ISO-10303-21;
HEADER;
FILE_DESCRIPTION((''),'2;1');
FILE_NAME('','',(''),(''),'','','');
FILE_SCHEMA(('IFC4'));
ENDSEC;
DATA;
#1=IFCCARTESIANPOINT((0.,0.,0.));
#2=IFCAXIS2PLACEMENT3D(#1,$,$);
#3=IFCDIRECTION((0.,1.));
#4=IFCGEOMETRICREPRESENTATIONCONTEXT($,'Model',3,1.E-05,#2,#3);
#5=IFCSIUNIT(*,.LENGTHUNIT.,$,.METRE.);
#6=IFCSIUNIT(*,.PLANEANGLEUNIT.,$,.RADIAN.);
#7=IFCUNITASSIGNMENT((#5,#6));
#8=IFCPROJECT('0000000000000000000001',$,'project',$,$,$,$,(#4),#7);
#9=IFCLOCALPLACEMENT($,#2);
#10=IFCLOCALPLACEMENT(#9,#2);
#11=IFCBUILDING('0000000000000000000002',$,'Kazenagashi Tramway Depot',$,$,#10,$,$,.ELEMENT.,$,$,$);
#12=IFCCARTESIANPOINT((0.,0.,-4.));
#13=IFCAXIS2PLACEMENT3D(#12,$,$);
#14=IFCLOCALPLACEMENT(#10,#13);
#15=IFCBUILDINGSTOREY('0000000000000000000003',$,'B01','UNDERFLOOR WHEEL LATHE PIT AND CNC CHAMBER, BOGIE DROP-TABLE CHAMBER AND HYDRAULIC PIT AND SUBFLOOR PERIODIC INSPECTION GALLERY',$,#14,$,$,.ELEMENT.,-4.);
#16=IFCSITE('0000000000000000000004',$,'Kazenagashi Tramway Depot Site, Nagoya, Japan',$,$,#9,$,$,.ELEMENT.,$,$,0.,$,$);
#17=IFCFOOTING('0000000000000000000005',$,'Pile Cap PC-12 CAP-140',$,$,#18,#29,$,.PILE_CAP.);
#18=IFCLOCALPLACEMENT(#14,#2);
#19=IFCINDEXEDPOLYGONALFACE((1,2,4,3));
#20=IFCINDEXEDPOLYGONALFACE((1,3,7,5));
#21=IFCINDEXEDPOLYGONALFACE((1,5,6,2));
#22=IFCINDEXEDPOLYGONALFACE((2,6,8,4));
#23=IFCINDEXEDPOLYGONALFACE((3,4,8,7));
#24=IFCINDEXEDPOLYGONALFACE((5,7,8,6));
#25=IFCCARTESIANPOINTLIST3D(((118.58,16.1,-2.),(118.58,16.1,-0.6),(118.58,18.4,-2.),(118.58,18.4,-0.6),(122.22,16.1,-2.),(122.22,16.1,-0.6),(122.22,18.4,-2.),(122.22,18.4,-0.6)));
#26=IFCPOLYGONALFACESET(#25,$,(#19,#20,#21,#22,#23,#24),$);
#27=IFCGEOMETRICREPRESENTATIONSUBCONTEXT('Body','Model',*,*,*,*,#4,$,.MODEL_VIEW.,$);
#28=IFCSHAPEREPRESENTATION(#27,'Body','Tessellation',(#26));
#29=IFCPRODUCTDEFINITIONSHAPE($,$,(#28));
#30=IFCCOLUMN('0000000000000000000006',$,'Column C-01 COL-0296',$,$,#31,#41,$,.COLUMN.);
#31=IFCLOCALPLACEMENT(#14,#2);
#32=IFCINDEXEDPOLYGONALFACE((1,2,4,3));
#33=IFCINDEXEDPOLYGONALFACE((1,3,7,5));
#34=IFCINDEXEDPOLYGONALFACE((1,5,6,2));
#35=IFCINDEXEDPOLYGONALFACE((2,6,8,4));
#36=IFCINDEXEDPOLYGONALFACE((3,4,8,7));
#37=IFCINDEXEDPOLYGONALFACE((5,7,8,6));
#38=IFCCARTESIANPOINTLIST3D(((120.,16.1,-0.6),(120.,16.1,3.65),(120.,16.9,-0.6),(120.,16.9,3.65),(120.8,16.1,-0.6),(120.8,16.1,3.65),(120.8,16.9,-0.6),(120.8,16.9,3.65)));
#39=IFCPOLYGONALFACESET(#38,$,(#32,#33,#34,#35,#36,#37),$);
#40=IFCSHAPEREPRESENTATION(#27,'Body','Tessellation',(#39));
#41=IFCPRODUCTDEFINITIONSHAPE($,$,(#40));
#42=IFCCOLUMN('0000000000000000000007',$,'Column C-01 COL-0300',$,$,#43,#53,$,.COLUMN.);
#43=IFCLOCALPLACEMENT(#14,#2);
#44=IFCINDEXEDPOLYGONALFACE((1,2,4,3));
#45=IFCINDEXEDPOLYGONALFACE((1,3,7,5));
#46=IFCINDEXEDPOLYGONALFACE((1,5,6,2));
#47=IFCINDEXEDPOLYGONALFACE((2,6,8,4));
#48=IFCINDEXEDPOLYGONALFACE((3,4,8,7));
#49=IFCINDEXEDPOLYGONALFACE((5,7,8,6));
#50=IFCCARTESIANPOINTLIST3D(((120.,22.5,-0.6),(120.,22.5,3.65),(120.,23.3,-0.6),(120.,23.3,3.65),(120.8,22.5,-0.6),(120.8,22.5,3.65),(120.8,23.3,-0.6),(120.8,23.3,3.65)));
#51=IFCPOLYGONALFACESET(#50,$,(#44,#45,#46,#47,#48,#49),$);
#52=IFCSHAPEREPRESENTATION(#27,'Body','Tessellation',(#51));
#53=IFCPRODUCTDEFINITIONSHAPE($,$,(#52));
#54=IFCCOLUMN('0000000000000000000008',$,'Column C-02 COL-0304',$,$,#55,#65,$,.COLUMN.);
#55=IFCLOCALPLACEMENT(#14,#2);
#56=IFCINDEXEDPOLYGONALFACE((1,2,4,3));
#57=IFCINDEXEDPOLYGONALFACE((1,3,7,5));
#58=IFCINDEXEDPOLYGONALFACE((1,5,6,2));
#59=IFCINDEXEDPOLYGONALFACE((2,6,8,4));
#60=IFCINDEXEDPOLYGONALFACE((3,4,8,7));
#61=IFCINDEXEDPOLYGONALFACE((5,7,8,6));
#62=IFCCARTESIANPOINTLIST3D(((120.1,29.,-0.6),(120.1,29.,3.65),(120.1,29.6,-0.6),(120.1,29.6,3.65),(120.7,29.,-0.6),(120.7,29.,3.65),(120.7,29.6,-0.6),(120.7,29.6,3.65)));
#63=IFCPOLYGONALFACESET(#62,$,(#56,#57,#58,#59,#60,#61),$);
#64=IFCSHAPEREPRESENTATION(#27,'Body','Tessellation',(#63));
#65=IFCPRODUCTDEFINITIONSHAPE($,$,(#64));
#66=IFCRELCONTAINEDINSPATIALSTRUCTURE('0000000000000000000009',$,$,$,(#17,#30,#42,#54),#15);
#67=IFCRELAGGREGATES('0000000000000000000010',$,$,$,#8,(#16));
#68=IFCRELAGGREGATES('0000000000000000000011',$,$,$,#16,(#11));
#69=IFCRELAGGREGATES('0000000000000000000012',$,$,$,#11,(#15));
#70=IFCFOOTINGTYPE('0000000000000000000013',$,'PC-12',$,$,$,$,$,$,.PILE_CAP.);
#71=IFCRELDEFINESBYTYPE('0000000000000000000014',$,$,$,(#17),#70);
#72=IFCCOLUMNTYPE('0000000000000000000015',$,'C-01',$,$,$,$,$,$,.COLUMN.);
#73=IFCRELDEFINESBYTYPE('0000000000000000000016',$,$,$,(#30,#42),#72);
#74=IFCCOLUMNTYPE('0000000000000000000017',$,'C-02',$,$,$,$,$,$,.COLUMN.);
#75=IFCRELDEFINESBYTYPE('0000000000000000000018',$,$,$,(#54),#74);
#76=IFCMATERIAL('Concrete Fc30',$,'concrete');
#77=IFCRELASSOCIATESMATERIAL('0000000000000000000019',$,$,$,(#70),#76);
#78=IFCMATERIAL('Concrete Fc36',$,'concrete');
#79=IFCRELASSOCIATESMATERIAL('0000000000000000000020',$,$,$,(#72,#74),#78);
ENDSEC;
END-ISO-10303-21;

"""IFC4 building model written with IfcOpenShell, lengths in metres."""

from ifc_helpers import new_model, si_unit, direction, frame, origin, origin_2d, place, context, subcontext, project, spatial, rectangle, extrude, material, material_profile, profile_set, type_object, element, save


model = new_model("IFC4")

# Units and contexts
model_context = context("Model", 3, precision=1e-05, world=origin(), true_north=direction((0.0, 1.0)))
body_context = subcontext(model_context, "Body", "Model", "MODEL_VIEW")
ifc_project = project(units=[si_unit("LENGTHUNIT", "METRE"), si_unit("PLANEANGLEUNIT", "RADIAN")], contexts=[model_context])

# Site, building, storey
site_placement = place(None, origin())
site = spatial("IfcSite", under=ifc_project, at=site_placement, Name="Kazenagashi Tramway Depot Site, Nagoya, Japan", CompositionType="ELEMENT", RefElevation=0.0)
building_placement = place(site_placement, origin())
building = spatial("IfcBuilding", under=site, at=building_placement, Name="Kazenagashi Tramway Depot", CompositionType="ELEMENT")
storey_placement = place(building_placement, frame((0.0, 0.0, -4.0)))
storey = spatial("IfcBuildingStorey", under=building, at=storey_placement, Name="B01", Description="UNDERFLOOR WHEEL LATHE PIT AND CNC CHAMBER, BOGIE DROP-TABLE CHAMBER AND HYDRAULIC PIT AND SUBFLOOR PERIODIC INSPECTION GALLERY", CompositionType="ELEMENT", Elevation=-4.0)

# Shared definitions
ifc_material_1 = material(Name="Concrete Fc30", Category="concrete")

# Footing
footing_type_1 = type_object("IfcFootingType", Name="PC-12", PredefinedType="PILE_CAP", material=ifc_material_1)
for number, where, z_axis, x_axis, name in (
    (1, (120.4, 17.25, -2.0), (0.0, 0.0, 1.0), (1.0, 0.0, 0.0), "Pile Cap PC-12 CAP-140"),
):
    element("IfcFooting", number, at=place(storey_placement, frame(where, z_axis=z_axis, x_axis=x_axis)), inside=storey, type_object=footing_type_1, Name=name, PredefinedType="PILE_CAP", context=body_context, shape_type="SweptSolid", body=[
        extrude(rectangle(XDim=3.64, YDim=2.3, at=origin_2d()), origin(), (0.0, 0.0, 1.0), 1.4),
    ])

# Columns
ifc_material_2 = material(Name="Concrete Fc36", Category="concrete")
ifc_material_profile_1 = material_profile(ifc_material_2, rectangle(XDim=0.8, YDim=0.8, at=origin_2d()), Name="RC-800x800")
ifc_profile_set_1 = profile_set([ifc_material_profile_1], Name="Concrete Fc36")
column_type_1 = type_object("IfcColumnType", Name="C-01", PredefinedType="COLUMN", material=ifc_profile_set_1)
for number, where, z_axis, x_axis, name in (
    (2, (120.4, 16.5, -0.6), (0.0, 0.0, 1.0), (1.0, 0.0, 0.0), "Column C-01 COL-0296"),
    (3, (120.4, 22.9, -0.6), (0.0, 0.0, 1.0), (1.0, 0.0, 0.0), "Column C-01 COL-0300"),
):
    element("IfcColumn", number, at=place(storey_placement, frame(where, z_axis=z_axis, x_axis=x_axis)), inside=storey, type_object=column_type_1, Name=name, PredefinedType="COLUMN", context=body_context, shape_type="SweptSolid", body=[
        extrude(rectangle(XDim=0.8, YDim=0.8, at=origin_2d()), origin(), (0.0, 0.0, 1.0), 4.25),
    ])
ifc_material_profile_2 = material_profile(ifc_material_2, rectangle(XDim=0.6, YDim=0.6, at=origin_2d()), Name="RC-600x600")
ifc_profile_set_2 = profile_set([ifc_material_profile_2], Name="Concrete Fc36")
column_type_2 = type_object("IfcColumnType", Name="C-02", PredefinedType="COLUMN", material=ifc_profile_set_2)
column_placement = place(storey_placement, frame((120.4, 29.3, -0.6), z_axis=(0.0, 0.0, 1.0), x_axis=(1.0, 0.0, 0.0)))
element("IfcColumn", 4, at=column_placement, inside=storey, type_object=column_type_2, Name="Column C-02 COL-0304", PredefinedType="COLUMN", context=body_context, shape_type="SweptSolid", body=[
    extrude(rectangle(XDim=0.6, YDim=0.6, at=origin_2d()), origin(), (0.0, 0.0, 1.0), 4.25),
])

save(model, "model.ifc")
